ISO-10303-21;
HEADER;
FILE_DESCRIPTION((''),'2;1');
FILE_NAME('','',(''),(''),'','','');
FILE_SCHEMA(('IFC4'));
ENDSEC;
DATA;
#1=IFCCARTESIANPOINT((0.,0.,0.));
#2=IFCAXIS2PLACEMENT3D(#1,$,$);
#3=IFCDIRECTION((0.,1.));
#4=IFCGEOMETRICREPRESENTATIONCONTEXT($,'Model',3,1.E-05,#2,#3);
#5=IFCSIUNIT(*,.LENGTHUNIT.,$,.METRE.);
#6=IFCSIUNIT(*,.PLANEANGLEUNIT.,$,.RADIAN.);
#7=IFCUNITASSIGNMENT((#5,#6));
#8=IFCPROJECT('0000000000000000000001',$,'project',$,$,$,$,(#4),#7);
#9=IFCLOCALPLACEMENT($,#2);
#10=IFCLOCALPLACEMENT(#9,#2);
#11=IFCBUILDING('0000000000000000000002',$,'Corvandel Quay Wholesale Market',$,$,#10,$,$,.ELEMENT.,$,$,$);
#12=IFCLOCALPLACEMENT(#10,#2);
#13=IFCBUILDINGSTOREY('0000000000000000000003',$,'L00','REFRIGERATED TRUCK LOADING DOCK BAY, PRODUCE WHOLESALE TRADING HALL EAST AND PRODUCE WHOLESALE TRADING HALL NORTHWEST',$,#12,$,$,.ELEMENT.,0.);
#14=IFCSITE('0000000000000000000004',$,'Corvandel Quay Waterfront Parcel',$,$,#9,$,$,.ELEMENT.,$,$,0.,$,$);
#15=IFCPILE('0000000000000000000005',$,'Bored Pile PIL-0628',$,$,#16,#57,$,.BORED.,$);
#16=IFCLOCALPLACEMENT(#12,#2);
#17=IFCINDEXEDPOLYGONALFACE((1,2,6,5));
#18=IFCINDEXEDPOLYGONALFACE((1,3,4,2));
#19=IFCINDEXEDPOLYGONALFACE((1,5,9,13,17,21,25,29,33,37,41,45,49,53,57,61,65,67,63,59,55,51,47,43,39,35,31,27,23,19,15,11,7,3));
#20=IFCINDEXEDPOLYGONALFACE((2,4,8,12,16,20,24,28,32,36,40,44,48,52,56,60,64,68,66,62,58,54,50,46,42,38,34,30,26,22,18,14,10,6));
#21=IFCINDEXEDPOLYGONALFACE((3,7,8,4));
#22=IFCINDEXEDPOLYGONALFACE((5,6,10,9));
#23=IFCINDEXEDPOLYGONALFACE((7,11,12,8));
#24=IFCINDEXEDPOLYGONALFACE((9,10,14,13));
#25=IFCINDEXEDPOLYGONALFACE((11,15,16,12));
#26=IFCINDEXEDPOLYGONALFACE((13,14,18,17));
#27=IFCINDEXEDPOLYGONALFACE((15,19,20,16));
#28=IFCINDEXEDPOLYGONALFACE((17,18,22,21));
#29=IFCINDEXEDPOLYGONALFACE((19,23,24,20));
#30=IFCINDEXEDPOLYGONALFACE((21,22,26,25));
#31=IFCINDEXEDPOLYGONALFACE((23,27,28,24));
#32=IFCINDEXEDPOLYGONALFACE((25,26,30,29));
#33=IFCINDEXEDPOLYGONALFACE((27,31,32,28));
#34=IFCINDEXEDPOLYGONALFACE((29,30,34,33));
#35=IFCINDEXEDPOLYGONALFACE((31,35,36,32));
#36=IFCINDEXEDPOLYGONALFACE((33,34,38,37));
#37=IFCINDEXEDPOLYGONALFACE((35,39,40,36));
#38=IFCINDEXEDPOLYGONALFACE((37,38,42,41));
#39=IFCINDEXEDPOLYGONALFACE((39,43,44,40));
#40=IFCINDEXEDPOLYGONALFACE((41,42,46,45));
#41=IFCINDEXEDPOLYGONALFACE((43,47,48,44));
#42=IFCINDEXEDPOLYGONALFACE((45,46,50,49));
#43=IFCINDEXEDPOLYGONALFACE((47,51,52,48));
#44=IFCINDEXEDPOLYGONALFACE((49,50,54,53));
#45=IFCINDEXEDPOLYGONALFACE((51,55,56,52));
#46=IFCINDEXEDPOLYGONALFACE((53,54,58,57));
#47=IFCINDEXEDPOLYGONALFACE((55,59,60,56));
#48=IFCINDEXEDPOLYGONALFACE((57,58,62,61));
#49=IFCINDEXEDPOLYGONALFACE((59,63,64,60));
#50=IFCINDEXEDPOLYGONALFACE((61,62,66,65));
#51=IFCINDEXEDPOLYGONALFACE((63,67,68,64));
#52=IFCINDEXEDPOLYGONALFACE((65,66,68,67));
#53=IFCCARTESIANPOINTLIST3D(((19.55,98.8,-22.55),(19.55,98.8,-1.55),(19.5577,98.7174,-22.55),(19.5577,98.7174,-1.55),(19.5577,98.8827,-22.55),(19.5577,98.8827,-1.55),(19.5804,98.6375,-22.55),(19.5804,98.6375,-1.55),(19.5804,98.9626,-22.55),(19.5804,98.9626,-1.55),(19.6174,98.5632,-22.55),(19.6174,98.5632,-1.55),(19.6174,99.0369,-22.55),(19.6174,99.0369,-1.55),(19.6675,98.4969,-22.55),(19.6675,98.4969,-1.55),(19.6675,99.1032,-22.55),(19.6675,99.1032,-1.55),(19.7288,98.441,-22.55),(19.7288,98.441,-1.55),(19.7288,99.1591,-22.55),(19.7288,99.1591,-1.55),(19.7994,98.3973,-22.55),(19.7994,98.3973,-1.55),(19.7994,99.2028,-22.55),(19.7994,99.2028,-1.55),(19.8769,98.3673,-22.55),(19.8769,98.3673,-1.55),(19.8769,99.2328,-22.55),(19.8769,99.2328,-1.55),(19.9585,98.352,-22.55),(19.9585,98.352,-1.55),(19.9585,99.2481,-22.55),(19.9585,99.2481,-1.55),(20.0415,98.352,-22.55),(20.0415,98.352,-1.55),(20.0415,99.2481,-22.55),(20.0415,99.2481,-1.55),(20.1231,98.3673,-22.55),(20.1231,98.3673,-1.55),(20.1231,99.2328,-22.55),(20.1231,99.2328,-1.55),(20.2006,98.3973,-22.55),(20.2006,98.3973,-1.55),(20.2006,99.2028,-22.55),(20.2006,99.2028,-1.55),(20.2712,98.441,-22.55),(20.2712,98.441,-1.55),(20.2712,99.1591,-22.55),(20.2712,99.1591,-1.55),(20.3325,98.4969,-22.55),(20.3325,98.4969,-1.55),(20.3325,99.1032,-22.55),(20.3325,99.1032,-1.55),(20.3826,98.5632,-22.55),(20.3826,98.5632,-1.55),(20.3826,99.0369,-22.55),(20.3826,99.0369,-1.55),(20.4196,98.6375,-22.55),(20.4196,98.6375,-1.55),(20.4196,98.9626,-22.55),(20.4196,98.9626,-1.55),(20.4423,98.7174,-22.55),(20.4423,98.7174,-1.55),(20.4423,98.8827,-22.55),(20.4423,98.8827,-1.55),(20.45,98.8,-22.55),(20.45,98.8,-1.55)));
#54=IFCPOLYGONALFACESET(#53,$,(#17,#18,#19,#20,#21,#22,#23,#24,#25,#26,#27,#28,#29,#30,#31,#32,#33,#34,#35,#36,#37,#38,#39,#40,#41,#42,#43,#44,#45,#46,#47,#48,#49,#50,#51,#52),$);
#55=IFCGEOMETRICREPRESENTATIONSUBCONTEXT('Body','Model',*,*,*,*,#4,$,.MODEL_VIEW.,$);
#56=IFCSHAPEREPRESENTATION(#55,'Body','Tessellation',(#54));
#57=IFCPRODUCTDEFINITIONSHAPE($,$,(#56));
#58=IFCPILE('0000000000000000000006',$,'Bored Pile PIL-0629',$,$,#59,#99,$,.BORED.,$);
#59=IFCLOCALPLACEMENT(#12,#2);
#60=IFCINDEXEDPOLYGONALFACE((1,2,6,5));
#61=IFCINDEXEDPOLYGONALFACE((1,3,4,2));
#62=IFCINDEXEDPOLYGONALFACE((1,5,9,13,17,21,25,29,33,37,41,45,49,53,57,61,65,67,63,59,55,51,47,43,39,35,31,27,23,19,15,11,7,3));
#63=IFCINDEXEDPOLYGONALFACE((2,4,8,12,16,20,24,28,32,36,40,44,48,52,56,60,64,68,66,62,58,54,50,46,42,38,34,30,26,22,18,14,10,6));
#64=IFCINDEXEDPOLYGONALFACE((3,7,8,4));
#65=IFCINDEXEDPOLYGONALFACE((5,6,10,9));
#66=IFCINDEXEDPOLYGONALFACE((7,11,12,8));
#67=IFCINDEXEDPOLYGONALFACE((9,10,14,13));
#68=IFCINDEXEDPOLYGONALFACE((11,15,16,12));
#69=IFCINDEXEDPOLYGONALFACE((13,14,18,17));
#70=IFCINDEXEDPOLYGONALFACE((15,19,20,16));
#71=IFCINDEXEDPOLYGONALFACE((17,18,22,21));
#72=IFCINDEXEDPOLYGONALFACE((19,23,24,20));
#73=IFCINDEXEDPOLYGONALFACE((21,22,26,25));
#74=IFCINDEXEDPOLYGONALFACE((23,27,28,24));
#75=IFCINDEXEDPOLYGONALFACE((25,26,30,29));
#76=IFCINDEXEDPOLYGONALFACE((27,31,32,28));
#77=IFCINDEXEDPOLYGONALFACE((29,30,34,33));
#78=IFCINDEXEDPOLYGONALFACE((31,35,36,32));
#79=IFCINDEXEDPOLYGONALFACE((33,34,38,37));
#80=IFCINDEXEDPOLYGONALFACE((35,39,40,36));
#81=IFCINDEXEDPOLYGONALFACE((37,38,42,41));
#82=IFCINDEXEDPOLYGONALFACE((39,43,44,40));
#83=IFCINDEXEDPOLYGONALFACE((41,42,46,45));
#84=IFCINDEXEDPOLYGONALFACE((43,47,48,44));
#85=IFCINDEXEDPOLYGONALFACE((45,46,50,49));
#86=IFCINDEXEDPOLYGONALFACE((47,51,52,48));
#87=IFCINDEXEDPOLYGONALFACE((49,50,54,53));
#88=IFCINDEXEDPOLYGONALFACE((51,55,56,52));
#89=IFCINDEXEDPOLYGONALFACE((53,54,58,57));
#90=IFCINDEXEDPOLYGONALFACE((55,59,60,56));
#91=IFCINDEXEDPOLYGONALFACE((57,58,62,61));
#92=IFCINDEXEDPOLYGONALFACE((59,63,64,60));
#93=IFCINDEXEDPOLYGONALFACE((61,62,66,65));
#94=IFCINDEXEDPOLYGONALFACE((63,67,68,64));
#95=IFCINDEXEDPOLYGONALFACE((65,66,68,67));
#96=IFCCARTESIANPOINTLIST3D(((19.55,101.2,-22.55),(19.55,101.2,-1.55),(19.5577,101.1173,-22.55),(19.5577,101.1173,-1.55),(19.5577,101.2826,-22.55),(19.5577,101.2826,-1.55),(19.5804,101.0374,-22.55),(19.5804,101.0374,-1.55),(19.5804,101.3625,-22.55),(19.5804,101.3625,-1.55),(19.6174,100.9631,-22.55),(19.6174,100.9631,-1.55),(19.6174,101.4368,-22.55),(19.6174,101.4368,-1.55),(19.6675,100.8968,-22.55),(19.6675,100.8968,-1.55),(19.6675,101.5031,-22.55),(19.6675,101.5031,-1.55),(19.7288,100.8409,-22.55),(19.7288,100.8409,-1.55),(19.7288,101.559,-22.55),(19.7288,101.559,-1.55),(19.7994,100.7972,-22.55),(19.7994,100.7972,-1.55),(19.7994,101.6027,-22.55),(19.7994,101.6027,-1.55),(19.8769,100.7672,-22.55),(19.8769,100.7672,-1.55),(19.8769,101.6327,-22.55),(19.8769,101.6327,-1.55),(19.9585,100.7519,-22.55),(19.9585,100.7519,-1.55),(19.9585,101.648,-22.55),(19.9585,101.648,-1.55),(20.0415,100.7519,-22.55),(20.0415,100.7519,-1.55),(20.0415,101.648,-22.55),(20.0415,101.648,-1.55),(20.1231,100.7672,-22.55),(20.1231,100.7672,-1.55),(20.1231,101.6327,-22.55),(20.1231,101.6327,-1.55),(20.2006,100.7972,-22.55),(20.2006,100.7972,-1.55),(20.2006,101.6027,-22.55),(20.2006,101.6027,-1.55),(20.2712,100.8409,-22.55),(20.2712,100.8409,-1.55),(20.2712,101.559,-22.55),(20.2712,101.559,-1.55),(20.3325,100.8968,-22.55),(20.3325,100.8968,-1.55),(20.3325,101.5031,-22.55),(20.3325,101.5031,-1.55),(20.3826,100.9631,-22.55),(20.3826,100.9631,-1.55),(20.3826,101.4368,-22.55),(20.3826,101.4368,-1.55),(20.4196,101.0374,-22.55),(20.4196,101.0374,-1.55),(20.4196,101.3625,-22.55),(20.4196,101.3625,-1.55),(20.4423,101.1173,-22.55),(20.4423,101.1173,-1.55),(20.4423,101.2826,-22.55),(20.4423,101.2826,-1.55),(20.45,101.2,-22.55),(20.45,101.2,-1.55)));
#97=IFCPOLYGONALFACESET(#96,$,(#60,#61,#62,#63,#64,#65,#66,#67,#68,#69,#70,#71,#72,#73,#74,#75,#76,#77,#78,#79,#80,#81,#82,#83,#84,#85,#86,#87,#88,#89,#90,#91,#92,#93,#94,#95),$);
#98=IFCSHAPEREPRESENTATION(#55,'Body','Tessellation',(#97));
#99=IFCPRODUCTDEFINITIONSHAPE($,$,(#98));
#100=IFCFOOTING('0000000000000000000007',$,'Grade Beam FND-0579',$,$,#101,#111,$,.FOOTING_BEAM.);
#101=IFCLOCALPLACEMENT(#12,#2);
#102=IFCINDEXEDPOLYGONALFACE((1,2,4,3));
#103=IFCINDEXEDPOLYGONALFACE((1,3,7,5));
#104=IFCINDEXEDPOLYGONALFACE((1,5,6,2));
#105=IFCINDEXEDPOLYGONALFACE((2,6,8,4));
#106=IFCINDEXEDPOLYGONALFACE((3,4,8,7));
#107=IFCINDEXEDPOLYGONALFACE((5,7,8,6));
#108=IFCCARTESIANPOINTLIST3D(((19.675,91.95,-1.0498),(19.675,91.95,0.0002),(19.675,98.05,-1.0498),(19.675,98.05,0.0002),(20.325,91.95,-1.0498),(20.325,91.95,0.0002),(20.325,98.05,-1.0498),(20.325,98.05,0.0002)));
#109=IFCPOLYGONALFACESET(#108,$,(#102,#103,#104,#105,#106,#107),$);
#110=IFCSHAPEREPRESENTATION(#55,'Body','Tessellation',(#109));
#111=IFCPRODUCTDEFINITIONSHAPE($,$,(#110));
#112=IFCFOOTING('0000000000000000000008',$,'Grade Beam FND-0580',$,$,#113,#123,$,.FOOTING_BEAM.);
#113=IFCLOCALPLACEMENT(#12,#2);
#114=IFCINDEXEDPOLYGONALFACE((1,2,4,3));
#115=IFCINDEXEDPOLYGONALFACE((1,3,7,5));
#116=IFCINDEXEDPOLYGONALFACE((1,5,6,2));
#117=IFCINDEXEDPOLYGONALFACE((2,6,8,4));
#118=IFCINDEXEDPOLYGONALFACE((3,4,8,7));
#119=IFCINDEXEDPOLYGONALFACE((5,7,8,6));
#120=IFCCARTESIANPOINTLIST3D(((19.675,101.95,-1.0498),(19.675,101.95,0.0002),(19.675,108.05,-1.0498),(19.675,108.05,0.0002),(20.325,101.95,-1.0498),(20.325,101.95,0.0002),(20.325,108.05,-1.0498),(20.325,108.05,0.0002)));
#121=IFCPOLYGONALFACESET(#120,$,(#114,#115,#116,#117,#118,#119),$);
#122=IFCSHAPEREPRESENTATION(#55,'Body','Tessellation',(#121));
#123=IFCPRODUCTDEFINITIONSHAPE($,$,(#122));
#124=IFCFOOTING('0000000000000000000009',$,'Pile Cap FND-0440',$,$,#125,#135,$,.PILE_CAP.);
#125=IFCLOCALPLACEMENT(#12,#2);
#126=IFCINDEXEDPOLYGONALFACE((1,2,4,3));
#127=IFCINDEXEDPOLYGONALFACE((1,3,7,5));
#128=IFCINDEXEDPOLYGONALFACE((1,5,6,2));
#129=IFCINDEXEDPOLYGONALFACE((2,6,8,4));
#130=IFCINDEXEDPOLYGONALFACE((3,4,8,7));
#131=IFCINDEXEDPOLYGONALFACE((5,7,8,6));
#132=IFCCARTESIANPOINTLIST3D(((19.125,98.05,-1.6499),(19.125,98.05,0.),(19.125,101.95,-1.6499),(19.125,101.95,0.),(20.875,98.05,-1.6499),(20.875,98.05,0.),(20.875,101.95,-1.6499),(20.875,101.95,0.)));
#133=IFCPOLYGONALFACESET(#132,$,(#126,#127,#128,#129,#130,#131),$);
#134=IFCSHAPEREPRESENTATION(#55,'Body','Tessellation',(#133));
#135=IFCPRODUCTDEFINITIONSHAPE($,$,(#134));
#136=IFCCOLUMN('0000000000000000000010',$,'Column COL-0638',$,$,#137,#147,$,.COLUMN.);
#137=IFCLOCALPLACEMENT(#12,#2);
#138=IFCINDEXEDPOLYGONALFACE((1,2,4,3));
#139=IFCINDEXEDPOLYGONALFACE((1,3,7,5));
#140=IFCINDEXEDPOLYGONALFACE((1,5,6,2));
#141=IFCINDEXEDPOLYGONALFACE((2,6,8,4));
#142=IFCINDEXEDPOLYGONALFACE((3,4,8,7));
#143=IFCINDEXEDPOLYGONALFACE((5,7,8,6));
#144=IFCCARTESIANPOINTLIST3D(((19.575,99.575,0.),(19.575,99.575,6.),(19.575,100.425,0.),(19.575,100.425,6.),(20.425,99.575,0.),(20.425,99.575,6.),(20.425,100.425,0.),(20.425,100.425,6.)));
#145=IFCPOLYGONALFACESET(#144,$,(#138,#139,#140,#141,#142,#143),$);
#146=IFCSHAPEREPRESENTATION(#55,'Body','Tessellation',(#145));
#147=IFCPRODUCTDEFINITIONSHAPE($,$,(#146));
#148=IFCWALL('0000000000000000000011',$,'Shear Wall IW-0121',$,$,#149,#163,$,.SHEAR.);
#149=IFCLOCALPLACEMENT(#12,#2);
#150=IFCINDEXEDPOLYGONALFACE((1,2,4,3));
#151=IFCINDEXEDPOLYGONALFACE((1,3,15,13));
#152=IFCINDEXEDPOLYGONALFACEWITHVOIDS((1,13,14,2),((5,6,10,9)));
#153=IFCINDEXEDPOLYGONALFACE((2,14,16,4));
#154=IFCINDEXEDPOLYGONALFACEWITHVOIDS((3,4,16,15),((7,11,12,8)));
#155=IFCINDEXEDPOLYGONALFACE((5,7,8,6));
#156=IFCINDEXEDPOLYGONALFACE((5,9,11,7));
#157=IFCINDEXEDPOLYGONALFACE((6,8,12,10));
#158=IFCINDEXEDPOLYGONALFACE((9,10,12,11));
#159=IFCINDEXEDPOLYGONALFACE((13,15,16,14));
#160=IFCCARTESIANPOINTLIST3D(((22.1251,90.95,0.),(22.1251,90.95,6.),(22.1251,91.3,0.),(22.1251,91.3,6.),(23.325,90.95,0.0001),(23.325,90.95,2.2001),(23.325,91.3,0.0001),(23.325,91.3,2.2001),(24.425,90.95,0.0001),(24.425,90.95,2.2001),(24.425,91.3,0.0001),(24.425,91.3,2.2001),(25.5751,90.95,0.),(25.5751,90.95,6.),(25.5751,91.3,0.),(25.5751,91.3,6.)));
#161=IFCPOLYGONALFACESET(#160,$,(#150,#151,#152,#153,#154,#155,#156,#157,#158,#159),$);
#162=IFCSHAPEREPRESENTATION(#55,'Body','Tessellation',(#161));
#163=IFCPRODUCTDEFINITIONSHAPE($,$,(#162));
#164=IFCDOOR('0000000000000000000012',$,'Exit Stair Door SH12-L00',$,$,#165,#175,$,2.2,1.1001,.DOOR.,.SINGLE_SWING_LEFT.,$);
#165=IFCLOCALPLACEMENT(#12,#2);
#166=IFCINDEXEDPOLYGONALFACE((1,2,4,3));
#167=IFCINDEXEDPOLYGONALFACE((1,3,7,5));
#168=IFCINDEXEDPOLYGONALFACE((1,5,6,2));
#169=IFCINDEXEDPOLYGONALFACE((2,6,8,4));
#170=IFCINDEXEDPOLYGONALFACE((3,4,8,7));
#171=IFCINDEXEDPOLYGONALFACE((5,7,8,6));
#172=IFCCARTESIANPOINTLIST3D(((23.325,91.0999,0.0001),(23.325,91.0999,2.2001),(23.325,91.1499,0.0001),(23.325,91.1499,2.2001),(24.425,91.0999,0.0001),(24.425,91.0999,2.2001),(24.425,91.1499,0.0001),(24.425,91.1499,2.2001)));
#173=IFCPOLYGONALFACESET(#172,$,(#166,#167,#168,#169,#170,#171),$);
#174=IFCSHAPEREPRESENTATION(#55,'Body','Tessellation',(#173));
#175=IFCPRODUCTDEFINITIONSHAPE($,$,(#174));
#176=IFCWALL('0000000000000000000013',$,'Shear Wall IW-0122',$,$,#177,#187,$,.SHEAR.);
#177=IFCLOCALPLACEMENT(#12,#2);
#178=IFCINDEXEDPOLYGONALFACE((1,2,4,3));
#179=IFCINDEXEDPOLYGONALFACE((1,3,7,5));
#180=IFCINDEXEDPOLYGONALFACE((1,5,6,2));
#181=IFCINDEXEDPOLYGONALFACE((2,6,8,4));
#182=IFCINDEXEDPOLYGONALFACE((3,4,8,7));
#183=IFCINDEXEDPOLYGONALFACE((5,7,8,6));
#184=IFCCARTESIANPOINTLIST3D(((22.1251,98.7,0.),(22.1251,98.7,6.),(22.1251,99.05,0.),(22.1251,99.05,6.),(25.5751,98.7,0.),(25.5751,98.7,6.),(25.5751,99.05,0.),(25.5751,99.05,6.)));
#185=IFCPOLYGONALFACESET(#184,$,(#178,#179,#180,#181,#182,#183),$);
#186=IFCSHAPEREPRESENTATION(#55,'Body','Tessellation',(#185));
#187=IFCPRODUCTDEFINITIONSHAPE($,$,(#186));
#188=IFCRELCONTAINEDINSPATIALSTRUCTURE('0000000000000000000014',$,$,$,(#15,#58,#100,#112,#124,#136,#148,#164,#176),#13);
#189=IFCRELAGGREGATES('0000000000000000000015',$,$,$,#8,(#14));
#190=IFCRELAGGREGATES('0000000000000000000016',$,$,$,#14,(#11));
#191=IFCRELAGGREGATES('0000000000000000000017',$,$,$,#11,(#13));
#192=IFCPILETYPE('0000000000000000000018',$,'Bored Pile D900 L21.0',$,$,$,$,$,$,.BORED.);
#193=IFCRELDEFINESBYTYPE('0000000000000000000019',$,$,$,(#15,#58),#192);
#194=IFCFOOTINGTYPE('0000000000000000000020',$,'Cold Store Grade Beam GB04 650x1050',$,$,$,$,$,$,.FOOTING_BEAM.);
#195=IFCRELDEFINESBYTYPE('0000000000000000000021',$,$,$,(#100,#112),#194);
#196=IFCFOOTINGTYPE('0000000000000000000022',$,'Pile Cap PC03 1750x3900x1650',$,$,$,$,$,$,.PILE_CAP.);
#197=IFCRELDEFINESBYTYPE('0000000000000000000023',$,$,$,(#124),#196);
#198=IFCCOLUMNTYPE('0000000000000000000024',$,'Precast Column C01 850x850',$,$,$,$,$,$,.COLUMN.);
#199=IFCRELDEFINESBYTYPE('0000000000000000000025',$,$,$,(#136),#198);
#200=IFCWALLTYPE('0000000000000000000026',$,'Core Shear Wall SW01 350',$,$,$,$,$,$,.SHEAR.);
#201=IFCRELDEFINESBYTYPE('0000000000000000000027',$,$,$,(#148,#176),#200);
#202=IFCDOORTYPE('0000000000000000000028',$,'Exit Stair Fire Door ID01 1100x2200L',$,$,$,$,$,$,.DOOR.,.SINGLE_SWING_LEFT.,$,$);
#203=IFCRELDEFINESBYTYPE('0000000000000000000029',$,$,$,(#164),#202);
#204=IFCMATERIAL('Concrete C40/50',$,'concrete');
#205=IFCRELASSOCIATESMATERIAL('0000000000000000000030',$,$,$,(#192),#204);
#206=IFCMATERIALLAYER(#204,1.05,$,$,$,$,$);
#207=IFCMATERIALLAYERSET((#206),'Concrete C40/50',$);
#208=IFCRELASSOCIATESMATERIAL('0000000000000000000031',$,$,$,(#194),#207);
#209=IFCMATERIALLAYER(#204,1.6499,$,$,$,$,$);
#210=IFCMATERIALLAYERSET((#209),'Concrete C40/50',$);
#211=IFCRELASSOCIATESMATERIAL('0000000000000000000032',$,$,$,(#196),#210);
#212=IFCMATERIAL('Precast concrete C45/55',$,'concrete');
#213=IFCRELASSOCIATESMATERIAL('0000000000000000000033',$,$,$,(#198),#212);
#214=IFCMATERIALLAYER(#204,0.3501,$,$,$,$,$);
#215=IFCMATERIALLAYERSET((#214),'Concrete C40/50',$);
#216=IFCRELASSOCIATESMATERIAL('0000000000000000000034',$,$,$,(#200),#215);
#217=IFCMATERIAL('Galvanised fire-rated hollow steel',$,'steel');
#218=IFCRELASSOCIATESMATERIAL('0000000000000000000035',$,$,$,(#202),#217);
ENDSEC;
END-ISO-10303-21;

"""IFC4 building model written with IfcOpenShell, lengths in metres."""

from ifc_helpers import new_model, si_unit, direction, frame, frame_2d, origin, origin_2d, place, context, subcontext, project, spatial, rectangle, circle, extrude, material, layer, layer_set, material_profile, profile_set, type_object, element, fill, save


model = new_model("IFC4")

# Units and contexts
model_context = context("Model", 3, precision=1e-05, world=origin(), true_north=direction((0.0, 1.0)))
body_context = subcontext(model_context, "Body", "Model", "MODEL_VIEW")
ifc_project = project(units=[si_unit("LENGTHUNIT", "METRE"), si_unit("PLANEANGLEUNIT", "RADIAN")], contexts=[model_context])

# Site, building, storey
site_placement = place(None, origin())
site = spatial("IfcSite", under=ifc_project, at=site_placement, Name="Corvandel Quay Waterfront Parcel", CompositionType="ELEMENT", RefElevation=0.0)
building_placement = place(site_placement, origin())
building = spatial("IfcBuilding", under=site, at=building_placement, Name="Corvandel Quay Wholesale Market", CompositionType="ELEMENT")
storey_placement = place(building_placement, origin())
storey = spatial("IfcBuildingStorey", under=building, at=storey_placement, Name="L00", Description="REFRIGERATED TRUCK LOADING DOCK BAY, PRODUCE WHOLESALE TRADING HALL EAST AND PRODUCE WHOLESALE TRADING HALL NORTHWEST", CompositionType="ELEMENT", Elevation=0.0)

# Piles
ifc_material_1 = material(Name="Concrete C40/50", Category="concrete")
ifc_material_profile_1 = material_profile(ifc_material_1, circle(Radius=0.45, at=origin_2d()), Name="RC-PILE-D900")
ifc_profile_set_1 = profile_set([ifc_material_profile_1], Name="Concrete C40/50")
pile_type_1 = type_object("IfcPileType", Name="Bored Pile D900 L21.0", PredefinedType="BORED", material=ifc_profile_set_1)
for number, where, z_axis, x_axis, name in (
    (1, (20.0, 98.8, -1.55), (0.0, 0.0, -1.0), (1.0, 0.0, 0.0), "Bored Pile PIL-0628"),
    (2, (20.0, 101.2, -1.55), (0.0, 0.0, -1.0), (1.0, 0.0, 0.0), "Bored Pile PIL-0629"),
):
    element("IfcPile", number, at=place(storey_placement, frame(where, z_axis=z_axis, x_axis=x_axis)), inside=storey, type_object=pile_type_1, Name=name, PredefinedType="BORED", context=body_context, shape_type="SweptSolid", body=[
        extrude(circle(Radius=0.45, at=origin_2d()), origin(), (0.0, 0.0, 1.0), 21.0),
    ])

# Footings
ifc_layer_1 = layer(ifc_material_1, 1.05)
ifc_layer_set_1 = layer_set([ifc_layer_1], Name="Concrete C40/50")
footing_type_1 = type_object("IfcFootingType", Name="Cold Store Grade Beam GB04 650x1050", PredefinedType="FOOTING_BEAM", material=ifc_layer_set_1)
for number, where, z_axis, x_axis, name in (
    (3, (20.0, 95.0, -1.0498), (0.0, 0.0, 1.0), (0.0, 1.0, 0.0), "Grade Beam FND-0579"),
    (4, (20.0, 105.0, -1.0498), (0.0, 0.0, 1.0), (0.0, 1.0, 0.0), "Grade Beam FND-0580"),
):
    element("IfcFooting", number, at=place(storey_placement, frame(where, z_axis=z_axis, x_axis=x_axis)), inside=storey, type_object=footing_type_1, Name=name, PredefinedType="FOOTING_BEAM", context=body_context, shape_type="SweptSolid", body=[
        extrude(rectangle(XDim=6.1001, YDim=0.6499, at=origin_2d()), origin(), (0.0, 0.0, 1.0), 1.05),
    ])
ifc_layer_2 = layer(ifc_material_1, 1.6499)
ifc_layer_set_2 = layer_set([ifc_layer_2], Name="Concrete C40/50")
footing_type_2 = type_object("IfcFootingType", Name="Pile Cap PC03 1750x3900x1650", PredefinedType="PILE_CAP", material=ifc_layer_set_2)
footing_placement = place(storey_placement, frame((20.0, 100.0, -1.6499), z_axis=(0.0, 0.0, 1.0), x_axis=(1.0, 0.0, 0.0)))
element("IfcFooting", 5, at=footing_placement, inside=storey, type_object=footing_type_2, Name="Pile Cap FND-0440", PredefinedType="PILE_CAP", context=body_context, shape_type="SweptSolid", body=[
    extrude(rectangle(XDim=1.75, YDim=3.8999, at=origin_2d()), origin(), (0.0, 0.0, 1.0), 1.6499),
])

# Column
ifc_material_2 = material(Name="Precast concrete C45/55", Category="concrete")
ifc_material_profile_2 = material_profile(ifc_material_2, rectangle(XDim=0.8501, YDim=0.8501, at=origin_2d()), Name="PC-COL-850x850")
ifc_profile_set_2 = profile_set([ifc_material_profile_2], Name="Precast concrete C45/55")
column_type = type_object("IfcColumnType", Name="Precast Column C01 850x850", PredefinedType="COLUMN", material=ifc_profile_set_2)
column_placement = place(storey_placement, frame((20.0, 100.0, 0.0), z_axis=(0.0, 0.0, 1.0), x_axis=(1.0, 0.0, 0.0)))
element("IfcColumn", 6, at=column_placement, inside=storey, type_object=column_type, Name="Column COL-0638", PredefinedType="COLUMN", context=body_context, shape_type="SweptSolid", body=[
    extrude(rectangle(XDim=0.8501, YDim=0.8501, at=origin_2d()), origin(), (0.0, 0.0, 1.0), 6.0),
])

# Wall, opening, door
ifc_layer_3 = layer(ifc_material_1, 0.3501)
ifc_layer_set_3 = layer_set([ifc_layer_3], Name="Concrete C40/50")
wall_type_1 = type_object("IfcWallType", Name="Core Shear Wall SW01 350", PredefinedType="SHEAR", material=ifc_layer_set_3)
wall_1_placement = place(storey_placement, frame((22.125, 91.125, 0.0), z_axis=(0.0, 0.0, 1.0), x_axis=(1.0, 0.0, 0.0)))
wall_1 = element("IfcWall", 7, at=wall_1_placement, inside=storey, type_object=wall_type_1, Name="Shear Wall IW-0121", PredefinedType="SHEAR", context=body_context, shape_type="SweptSolid", body=[
    extrude(rectangle(XDim=3.45, YDim=0.3501, at=frame_2d((1.7251, 0.0))), origin(), (0.0, 0.0, 1.0), 6.0),
])
opening_placement = place(wall_1_placement, frame((1.2, 0.0, 0.0)))
opening = element("IfcOpeningElement", 8, at=opening_placement, cuts=wall_1, PredefinedType="OPENING", context=body_context, shape_type="SweptSolid", body=[
    extrude(rectangle(XDim=1.1001, YDim=2.2, at=frame_2d((0.55, 1.1001))), frame((0.0, 0.1851, 0.0), z_axis=(0.0, -1.0, 0.0), x_axis=(1.0, 0.0, 0.0)), (0.0, 0.0, 1.0), 0.3701),
])
ifc_material_3 = material(Name="Galvanised fire-rated hollow steel", Category="steel")
door_type = type_object("IfcDoorType", Name="Exit Stair Fire Door ID01 1100x2200L", OperationType="SINGLE_SWING_LEFT", PredefinedType="DOOR", material=ifc_material_3)
door_placement = place(opening_placement, origin())
door = element("IfcDoor", 9, at=door_placement, inside=storey, type_object=door_type, Name="Exit Stair Door SH12-L00", OperationType="SINGLE_SWING_LEFT", OverallHeight=2.2, OverallWidth=1.1001, PredefinedType="DOOR", context=body_context, shape_type="SweptSolid", body=[
    extrude(rectangle(XDim=1.1001, YDim=2.2, at=frame_2d((0.55, 1.1001))), frame((0.0, 0.0249, 0.0), z_axis=(0.0, -1.0, 0.0), x_axis=(1.0, 0.0, 0.0)), (0.0, 0.0, 1.0), 0.05),
])
fill(opening, door)

# Wall
wall_2_placement = place(storey_placement, frame((22.125, 98.875, 0.0), z_axis=(0.0, 0.0, 1.0), x_axis=(1.0, 0.0, 0.0)))
element("IfcWall", 10, at=wall_2_placement, inside=storey, type_object=wall_type_1, Name="Shear Wall IW-0122", PredefinedType="SHEAR", context=body_context, shape_type="SweptSolid", body=[
    extrude(rectangle(XDim=3.45, YDim=0.3501, at=frame_2d((1.7251, 0.0))), origin(), (0.0, 0.0, 1.0), 6.0),
])

save(model, "model.ifc")
